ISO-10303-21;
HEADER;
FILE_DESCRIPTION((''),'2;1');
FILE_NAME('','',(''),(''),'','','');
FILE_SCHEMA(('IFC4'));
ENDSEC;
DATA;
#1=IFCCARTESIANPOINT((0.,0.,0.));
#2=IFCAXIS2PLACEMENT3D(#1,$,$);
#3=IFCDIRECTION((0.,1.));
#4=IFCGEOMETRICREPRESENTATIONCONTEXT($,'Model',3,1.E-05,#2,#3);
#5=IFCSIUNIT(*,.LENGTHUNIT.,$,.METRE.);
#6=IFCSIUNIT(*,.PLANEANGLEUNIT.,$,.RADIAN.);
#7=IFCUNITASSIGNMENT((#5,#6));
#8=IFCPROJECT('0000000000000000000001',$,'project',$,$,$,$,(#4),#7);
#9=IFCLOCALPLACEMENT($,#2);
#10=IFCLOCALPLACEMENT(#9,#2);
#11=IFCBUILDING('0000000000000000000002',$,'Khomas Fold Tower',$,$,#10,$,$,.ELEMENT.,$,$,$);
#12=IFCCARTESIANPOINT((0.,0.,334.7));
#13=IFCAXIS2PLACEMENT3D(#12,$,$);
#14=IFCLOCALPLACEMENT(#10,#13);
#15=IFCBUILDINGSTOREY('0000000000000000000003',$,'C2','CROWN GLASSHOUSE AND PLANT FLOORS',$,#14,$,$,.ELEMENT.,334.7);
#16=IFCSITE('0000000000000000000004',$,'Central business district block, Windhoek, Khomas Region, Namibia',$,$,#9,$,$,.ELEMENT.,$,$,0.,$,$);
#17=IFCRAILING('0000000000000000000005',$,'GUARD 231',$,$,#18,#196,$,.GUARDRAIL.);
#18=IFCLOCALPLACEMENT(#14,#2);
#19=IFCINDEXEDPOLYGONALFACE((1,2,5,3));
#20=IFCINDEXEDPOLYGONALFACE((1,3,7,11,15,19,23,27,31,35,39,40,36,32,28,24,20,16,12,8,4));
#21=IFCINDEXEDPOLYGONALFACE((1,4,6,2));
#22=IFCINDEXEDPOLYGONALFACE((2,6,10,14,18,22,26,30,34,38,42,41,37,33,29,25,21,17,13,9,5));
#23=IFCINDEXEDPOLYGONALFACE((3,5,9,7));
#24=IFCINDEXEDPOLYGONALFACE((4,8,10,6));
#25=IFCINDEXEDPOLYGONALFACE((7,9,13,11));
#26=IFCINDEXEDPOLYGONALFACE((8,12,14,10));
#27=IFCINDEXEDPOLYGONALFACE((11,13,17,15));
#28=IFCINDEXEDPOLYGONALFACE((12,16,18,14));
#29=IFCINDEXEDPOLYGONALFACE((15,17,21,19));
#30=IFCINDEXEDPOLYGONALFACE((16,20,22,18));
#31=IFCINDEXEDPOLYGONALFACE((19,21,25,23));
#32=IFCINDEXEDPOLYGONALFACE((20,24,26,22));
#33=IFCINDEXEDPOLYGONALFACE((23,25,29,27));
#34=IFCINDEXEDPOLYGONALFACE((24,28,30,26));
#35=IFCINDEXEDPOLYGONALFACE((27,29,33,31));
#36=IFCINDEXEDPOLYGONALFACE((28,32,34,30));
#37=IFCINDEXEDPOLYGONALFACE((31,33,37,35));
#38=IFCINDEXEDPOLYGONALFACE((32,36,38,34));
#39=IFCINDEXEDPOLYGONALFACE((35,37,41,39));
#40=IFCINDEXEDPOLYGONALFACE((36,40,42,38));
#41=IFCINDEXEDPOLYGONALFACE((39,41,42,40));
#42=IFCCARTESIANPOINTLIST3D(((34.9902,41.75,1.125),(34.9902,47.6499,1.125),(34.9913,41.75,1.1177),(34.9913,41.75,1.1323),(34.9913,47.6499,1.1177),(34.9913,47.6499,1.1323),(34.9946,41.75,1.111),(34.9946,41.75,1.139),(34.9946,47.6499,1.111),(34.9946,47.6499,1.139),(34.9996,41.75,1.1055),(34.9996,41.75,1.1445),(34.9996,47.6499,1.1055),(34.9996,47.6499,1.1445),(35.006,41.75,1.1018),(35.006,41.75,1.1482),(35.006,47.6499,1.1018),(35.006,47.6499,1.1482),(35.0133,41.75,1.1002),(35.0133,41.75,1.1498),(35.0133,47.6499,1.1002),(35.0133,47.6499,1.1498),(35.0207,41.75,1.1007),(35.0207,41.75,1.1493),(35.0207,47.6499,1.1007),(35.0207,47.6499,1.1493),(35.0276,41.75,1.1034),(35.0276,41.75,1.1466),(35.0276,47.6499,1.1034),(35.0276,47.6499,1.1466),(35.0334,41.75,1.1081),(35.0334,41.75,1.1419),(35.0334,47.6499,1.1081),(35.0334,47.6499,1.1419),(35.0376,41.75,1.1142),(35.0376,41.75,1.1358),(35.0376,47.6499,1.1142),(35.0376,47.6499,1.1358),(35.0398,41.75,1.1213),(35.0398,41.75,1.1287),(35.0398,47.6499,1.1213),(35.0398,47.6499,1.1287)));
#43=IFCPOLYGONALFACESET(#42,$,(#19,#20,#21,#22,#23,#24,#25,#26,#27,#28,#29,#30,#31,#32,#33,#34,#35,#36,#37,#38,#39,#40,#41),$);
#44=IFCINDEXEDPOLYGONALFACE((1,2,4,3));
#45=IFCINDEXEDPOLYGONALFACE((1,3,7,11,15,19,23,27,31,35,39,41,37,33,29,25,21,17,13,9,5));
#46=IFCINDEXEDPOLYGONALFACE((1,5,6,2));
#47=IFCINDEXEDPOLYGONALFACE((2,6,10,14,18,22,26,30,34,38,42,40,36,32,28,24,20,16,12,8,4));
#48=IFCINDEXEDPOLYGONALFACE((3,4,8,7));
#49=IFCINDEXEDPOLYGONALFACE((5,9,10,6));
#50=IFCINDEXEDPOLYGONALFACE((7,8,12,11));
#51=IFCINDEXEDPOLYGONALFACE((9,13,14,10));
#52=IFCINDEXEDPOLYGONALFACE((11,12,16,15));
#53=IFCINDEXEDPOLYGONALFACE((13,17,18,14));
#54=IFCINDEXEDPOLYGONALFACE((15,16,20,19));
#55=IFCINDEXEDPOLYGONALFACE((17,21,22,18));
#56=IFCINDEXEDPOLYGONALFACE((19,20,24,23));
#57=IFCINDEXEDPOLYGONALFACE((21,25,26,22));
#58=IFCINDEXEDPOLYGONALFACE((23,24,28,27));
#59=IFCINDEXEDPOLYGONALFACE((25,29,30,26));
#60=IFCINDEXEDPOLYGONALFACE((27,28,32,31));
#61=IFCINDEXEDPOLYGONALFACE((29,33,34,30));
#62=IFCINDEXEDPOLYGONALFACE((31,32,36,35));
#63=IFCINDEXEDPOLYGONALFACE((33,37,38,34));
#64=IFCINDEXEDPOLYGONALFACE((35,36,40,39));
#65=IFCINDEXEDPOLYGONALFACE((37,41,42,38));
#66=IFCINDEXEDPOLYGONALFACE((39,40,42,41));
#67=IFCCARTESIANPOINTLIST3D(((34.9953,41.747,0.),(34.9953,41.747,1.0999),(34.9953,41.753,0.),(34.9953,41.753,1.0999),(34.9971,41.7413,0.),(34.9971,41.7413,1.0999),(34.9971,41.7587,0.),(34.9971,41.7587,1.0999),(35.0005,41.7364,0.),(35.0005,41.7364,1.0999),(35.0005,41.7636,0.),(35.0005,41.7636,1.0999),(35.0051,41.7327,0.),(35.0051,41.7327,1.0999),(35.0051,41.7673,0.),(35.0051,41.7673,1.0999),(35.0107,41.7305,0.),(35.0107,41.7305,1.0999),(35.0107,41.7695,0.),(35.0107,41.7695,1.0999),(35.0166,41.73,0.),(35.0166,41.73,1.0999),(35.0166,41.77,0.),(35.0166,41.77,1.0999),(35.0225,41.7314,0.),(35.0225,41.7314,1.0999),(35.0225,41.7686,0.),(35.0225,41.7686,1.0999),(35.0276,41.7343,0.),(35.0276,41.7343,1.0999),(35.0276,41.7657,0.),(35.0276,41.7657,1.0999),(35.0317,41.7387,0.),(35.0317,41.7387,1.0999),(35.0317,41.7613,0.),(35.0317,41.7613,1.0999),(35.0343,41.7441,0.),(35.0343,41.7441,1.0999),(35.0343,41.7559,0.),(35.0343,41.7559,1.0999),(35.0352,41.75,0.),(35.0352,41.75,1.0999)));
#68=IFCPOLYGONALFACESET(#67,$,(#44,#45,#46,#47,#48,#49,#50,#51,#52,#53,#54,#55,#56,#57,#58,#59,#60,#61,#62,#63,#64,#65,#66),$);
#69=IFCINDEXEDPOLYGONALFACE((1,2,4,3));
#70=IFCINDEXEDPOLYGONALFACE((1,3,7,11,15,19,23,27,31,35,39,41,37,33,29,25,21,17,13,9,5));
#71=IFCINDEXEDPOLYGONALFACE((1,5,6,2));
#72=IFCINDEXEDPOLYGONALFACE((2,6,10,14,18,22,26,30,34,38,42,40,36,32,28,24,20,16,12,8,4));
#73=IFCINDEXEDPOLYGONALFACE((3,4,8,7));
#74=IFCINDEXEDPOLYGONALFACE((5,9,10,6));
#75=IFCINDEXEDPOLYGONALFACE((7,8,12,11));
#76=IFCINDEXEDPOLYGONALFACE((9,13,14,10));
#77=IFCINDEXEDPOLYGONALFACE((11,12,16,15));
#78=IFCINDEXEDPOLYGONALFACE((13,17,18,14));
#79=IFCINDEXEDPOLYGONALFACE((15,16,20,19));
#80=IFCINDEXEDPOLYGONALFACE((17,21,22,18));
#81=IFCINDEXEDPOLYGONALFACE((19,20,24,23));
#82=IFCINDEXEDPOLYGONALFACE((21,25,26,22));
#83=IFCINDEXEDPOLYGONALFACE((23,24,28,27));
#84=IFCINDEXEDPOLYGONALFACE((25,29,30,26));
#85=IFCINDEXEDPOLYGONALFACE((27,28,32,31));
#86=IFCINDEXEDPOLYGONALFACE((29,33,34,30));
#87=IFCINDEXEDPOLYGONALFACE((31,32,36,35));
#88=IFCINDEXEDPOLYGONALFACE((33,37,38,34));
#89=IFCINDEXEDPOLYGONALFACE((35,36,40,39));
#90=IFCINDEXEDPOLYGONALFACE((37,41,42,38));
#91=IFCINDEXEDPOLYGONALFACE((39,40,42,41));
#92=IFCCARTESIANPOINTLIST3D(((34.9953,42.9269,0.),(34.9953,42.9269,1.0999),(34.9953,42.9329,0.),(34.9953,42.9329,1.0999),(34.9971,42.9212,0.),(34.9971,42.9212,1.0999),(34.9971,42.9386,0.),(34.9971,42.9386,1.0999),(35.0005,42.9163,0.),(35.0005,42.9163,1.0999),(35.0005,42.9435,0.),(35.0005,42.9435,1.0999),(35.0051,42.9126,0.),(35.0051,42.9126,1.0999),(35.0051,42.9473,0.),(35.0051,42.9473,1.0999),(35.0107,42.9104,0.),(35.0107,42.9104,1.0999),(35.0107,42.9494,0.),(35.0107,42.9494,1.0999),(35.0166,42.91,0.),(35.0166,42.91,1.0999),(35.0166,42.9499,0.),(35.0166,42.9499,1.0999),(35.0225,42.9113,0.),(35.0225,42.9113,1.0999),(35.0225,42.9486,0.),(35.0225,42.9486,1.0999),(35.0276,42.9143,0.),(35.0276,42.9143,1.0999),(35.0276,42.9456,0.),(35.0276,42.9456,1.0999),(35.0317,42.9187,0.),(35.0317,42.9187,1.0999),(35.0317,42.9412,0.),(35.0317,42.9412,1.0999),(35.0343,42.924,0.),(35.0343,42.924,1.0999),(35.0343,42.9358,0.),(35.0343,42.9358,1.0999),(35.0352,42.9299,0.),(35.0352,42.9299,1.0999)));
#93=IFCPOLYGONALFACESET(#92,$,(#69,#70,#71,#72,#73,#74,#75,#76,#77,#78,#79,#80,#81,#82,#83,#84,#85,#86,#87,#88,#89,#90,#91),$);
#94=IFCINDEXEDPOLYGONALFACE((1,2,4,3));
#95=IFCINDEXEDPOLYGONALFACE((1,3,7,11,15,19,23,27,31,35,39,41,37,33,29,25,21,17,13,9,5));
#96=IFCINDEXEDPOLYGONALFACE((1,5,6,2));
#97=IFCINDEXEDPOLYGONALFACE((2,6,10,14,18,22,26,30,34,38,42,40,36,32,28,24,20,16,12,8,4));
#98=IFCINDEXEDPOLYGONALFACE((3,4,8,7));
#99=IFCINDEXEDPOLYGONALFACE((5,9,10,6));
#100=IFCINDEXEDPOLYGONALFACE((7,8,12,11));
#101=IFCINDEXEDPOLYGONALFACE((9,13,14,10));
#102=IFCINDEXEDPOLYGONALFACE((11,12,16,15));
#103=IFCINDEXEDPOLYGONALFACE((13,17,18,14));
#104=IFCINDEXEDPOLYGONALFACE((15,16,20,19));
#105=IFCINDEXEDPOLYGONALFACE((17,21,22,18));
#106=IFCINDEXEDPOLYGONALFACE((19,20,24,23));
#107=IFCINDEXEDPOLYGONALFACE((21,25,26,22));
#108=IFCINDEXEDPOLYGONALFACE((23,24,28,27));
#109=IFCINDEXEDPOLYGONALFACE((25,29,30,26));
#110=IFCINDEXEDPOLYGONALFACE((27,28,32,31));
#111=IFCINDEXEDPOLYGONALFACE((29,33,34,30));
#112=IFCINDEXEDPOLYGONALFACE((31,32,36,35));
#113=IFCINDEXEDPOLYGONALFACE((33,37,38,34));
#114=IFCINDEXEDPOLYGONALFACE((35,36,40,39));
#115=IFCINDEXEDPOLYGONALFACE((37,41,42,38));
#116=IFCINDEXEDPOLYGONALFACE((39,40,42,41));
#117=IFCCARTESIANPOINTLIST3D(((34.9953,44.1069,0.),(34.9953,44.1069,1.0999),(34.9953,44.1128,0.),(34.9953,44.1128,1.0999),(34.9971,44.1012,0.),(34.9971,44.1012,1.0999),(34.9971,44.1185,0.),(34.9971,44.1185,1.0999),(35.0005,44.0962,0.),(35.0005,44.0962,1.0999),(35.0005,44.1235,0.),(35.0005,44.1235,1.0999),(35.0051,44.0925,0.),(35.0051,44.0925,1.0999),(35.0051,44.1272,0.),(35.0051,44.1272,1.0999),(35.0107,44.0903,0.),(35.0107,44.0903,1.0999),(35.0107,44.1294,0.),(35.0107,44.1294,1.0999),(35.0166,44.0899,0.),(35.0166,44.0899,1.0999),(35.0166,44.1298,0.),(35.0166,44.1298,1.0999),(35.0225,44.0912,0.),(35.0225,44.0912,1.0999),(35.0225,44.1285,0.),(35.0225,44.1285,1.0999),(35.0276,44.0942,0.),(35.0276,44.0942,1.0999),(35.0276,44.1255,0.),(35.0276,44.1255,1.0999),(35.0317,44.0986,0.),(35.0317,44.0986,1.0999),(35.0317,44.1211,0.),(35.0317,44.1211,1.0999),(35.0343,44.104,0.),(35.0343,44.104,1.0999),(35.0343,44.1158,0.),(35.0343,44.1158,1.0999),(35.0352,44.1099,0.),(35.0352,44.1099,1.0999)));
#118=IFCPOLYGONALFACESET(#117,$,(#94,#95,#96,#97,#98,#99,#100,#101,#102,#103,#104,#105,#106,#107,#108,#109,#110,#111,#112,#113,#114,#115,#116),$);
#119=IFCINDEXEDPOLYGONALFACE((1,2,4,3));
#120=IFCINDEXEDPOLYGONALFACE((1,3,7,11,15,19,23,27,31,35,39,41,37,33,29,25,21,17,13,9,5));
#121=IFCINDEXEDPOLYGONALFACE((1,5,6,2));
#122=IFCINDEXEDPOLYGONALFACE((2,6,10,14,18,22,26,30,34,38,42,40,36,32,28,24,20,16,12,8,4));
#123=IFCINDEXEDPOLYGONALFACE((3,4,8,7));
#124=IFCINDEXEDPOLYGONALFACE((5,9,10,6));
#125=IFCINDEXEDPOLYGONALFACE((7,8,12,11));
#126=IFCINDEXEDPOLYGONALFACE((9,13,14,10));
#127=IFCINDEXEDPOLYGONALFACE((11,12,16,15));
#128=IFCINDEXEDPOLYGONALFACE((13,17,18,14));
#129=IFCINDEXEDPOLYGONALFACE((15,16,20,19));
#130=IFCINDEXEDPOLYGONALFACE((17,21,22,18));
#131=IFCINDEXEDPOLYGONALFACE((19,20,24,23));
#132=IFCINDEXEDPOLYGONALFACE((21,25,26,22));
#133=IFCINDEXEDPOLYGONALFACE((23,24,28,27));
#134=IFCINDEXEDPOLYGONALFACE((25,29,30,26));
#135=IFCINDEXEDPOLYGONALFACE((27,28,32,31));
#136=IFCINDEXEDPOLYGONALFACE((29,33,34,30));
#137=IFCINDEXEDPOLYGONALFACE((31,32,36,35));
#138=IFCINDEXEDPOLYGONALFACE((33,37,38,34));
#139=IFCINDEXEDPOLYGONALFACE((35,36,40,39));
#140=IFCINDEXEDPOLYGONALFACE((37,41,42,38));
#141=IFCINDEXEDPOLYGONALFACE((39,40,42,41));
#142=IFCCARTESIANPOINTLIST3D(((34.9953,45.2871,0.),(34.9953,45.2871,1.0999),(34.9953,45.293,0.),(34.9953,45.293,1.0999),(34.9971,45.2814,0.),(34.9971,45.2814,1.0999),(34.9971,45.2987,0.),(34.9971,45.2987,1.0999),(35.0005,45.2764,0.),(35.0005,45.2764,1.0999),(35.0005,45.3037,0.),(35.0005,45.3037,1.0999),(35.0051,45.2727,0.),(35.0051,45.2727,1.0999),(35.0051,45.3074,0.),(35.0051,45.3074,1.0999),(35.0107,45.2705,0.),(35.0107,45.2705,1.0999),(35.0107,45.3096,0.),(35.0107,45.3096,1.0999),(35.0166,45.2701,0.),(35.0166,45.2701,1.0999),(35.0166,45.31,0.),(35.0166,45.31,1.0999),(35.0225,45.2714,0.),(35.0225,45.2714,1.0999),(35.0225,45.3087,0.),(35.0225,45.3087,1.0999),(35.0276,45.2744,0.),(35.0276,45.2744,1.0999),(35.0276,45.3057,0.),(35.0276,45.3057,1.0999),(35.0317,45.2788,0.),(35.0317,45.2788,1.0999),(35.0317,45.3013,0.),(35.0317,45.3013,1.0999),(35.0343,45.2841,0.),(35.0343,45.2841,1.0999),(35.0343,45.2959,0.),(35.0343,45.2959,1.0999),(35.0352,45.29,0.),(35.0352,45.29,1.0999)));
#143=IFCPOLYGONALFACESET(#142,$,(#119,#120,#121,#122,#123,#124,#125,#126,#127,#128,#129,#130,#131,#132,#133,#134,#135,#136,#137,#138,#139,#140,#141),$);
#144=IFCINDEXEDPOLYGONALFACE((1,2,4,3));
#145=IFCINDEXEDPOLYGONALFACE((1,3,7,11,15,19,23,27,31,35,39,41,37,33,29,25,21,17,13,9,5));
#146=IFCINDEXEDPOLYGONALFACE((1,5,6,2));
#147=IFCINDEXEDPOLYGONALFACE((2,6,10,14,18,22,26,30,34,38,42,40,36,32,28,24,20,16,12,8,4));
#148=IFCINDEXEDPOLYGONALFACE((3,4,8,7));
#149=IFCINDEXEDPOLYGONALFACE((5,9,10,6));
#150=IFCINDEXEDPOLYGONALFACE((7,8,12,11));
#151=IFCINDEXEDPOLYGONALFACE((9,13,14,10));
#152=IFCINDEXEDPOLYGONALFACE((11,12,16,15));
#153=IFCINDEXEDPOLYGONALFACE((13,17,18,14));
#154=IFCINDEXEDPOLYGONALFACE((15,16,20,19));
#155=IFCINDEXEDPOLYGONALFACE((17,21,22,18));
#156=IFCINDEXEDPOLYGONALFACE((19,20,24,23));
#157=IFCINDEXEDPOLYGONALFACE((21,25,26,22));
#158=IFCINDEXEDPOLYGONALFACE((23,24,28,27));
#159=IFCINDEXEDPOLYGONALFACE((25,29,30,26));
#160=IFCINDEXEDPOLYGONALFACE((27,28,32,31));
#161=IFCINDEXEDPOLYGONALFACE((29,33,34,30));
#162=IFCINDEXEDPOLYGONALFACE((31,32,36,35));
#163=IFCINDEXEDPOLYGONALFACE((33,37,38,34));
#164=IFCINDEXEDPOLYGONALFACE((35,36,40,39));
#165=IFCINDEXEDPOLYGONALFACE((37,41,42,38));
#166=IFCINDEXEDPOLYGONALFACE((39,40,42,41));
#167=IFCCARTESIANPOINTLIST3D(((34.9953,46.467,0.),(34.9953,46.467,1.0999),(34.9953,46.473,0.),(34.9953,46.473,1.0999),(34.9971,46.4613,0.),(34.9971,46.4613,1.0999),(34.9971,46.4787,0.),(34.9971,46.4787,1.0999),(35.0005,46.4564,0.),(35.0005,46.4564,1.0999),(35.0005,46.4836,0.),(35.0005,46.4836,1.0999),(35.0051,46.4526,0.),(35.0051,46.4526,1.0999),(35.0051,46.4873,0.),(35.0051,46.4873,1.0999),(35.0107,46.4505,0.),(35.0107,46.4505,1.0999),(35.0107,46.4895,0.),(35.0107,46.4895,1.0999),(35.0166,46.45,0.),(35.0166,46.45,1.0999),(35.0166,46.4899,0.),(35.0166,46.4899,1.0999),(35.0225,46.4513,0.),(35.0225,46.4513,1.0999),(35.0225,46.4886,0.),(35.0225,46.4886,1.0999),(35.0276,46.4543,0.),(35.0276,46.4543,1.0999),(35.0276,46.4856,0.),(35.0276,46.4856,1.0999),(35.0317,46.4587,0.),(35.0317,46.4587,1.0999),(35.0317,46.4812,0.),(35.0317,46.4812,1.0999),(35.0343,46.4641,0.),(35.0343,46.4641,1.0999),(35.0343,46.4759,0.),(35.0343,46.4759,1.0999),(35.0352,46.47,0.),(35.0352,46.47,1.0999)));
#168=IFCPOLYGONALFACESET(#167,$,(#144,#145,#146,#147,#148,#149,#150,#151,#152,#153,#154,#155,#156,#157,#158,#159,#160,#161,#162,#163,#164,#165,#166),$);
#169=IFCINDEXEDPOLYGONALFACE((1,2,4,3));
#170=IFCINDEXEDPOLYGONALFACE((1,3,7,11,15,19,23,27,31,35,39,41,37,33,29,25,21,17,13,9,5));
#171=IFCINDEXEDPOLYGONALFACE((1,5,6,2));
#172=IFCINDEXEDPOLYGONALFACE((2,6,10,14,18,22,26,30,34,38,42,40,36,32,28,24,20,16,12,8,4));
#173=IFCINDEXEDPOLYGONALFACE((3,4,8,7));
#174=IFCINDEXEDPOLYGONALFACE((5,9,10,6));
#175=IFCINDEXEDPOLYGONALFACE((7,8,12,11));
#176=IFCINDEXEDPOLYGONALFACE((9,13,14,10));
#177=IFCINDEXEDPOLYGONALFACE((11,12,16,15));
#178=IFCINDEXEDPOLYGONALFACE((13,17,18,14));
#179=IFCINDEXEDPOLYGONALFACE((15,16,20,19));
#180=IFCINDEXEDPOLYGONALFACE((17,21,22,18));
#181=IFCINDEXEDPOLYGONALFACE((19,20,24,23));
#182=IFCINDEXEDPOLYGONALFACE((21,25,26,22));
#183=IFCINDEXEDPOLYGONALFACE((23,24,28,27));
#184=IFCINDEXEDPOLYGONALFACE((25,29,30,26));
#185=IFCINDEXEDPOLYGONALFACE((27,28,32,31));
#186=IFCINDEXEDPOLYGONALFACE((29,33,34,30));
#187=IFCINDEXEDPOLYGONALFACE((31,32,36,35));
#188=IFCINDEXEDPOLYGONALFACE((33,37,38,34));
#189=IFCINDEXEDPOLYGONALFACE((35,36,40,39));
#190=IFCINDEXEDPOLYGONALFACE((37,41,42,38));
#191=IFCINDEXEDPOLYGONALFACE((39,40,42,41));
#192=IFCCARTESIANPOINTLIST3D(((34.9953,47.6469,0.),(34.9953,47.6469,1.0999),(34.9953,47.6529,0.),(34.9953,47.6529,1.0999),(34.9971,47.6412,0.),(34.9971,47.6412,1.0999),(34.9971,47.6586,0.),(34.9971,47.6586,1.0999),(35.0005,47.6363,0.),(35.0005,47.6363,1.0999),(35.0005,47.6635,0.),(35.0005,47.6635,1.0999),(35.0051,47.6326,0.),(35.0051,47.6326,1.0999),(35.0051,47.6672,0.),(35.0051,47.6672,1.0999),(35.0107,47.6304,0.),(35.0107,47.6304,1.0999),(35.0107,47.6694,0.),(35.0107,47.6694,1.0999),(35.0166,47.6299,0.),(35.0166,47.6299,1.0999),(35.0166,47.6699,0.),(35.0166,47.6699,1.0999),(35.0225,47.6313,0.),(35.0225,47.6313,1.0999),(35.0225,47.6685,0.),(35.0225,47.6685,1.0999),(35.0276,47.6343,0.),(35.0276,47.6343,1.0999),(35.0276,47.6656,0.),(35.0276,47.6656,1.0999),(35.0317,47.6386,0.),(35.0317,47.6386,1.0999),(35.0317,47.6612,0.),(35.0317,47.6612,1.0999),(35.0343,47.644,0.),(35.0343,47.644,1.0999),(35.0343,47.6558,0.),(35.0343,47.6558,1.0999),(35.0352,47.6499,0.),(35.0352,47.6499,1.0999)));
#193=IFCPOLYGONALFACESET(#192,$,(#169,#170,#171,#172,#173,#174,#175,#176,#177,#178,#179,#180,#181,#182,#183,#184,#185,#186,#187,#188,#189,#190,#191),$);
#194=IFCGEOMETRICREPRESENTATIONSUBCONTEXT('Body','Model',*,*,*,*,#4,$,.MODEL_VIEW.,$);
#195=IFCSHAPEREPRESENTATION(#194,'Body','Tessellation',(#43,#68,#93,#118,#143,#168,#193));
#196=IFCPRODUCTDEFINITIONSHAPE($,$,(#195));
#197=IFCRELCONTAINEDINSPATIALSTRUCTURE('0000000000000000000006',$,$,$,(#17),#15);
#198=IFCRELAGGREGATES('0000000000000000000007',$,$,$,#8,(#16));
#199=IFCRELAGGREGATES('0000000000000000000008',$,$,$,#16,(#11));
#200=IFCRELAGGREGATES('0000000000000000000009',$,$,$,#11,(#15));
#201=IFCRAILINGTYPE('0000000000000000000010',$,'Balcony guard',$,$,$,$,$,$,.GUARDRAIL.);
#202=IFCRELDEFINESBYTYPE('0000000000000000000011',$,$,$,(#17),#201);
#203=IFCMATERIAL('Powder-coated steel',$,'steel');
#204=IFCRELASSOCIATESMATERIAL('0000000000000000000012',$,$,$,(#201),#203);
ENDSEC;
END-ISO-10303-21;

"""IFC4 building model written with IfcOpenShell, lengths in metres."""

from ifc_helpers import new_model, si_unit, direction, frame, origin, origin_2d, place, context, subcontext, project, spatial, circle, extrude, source, transform, mapped, material, type_object, element, save


model = new_model("IFC4")

# Units and contexts
model_context = context("Model", 3, precision=1e-05, world=origin(), true_north=direction((0.0, 1.0)))
body_context = subcontext(model_context, "Body", "Model", "MODEL_VIEW")
ifc_project = project(units=[si_unit("LENGTHUNIT", "METRE"), si_unit("PLANEANGLEUNIT", "RADIAN")], contexts=[model_context])

# Site, building, storey
site_placement = place(None, origin())
site = spatial("IfcSite", under=ifc_project, at=site_placement, Name="Central business district block, Windhoek, Khomas Region, Namibia", CompositionType="ELEMENT", RefElevation=0.0)
building_placement = place(site_placement, origin())
building = spatial("IfcBuilding", under=site, at=building_placement, Name="Khomas Fold Tower", CompositionType="ELEMENT")
storey_placement = place(building_placement, frame((0.0, 0.0, 334.7)))
storey = spatial("IfcBuildingStorey", under=building, at=storey_placement, Name="C2", Description="CROWN GLASSHOUSE AND PLANT FLOORS", CompositionType="ELEMENT", Elevation=334.7)

# Railing
ifc_material_1 = material(Name="Powder-coated steel", Category="steel")
railing_type_1 = type_object("IfcRailingType", Name="Balcony guard", PredefinedType="GUARDRAIL", material=ifc_material_1)
shared_shape_1 = source(origin(), body_context, "Body", "SweptSolid", [
    extrude(circle(Radius=0.0249, at=origin_2d()), frame((0.0, 0.0, 1.125), z_axis=(0.0, 1.0, 0.0), x_axis=(-1.0, 0.0, 0.0)), (0.0, 0.0, 1.0), 5.8999),
    extrude(circle(Radius=0.02, at=origin_2d()), origin(), (0.0, 0.0, 1.0), 1.0999),
    extrude(circle(Radius=0.02, at=origin_2d()), frame((0.0, 1.1799, 0.0)), (0.0, 0.0, 1.0), 1.0999),
    extrude(circle(Radius=0.02, at=origin_2d()), frame((0.0, 2.3599, 0.0)), (0.0, 0.0, 1.0), 1.0999),
    extrude(circle(Radius=0.02, at=origin_2d()), frame((0.0, 3.54, 0.0)), (0.0, 0.0, 1.0), 1.0999),
    extrude(circle(Radius=0.02, at=origin_2d()), frame((0.0, 4.72, 0.0)), (0.0, 0.0, 1.0), 1.0999),
    extrude(circle(Radius=0.02, at=origin_2d()), frame((0.0, 5.8999, 0.0)), (0.0, 0.0, 1.0), 1.0999),
])
for number, where, name in (
    (1, (35.0151, 41.75, 0.0), "GUARD 231"),
):
    element("IfcRailing", number, at=place(storey_placement, frame(where)), inside=storey, type_object=railing_type_1, Name=name, PredefinedType="GUARDRAIL", context=body_context, shape_type="MappedRepresentation", body=[
        mapped(shared_shape_1, transform((0.0, 0.0, 0.0))),
    ])

save(model, "model.ifc")
